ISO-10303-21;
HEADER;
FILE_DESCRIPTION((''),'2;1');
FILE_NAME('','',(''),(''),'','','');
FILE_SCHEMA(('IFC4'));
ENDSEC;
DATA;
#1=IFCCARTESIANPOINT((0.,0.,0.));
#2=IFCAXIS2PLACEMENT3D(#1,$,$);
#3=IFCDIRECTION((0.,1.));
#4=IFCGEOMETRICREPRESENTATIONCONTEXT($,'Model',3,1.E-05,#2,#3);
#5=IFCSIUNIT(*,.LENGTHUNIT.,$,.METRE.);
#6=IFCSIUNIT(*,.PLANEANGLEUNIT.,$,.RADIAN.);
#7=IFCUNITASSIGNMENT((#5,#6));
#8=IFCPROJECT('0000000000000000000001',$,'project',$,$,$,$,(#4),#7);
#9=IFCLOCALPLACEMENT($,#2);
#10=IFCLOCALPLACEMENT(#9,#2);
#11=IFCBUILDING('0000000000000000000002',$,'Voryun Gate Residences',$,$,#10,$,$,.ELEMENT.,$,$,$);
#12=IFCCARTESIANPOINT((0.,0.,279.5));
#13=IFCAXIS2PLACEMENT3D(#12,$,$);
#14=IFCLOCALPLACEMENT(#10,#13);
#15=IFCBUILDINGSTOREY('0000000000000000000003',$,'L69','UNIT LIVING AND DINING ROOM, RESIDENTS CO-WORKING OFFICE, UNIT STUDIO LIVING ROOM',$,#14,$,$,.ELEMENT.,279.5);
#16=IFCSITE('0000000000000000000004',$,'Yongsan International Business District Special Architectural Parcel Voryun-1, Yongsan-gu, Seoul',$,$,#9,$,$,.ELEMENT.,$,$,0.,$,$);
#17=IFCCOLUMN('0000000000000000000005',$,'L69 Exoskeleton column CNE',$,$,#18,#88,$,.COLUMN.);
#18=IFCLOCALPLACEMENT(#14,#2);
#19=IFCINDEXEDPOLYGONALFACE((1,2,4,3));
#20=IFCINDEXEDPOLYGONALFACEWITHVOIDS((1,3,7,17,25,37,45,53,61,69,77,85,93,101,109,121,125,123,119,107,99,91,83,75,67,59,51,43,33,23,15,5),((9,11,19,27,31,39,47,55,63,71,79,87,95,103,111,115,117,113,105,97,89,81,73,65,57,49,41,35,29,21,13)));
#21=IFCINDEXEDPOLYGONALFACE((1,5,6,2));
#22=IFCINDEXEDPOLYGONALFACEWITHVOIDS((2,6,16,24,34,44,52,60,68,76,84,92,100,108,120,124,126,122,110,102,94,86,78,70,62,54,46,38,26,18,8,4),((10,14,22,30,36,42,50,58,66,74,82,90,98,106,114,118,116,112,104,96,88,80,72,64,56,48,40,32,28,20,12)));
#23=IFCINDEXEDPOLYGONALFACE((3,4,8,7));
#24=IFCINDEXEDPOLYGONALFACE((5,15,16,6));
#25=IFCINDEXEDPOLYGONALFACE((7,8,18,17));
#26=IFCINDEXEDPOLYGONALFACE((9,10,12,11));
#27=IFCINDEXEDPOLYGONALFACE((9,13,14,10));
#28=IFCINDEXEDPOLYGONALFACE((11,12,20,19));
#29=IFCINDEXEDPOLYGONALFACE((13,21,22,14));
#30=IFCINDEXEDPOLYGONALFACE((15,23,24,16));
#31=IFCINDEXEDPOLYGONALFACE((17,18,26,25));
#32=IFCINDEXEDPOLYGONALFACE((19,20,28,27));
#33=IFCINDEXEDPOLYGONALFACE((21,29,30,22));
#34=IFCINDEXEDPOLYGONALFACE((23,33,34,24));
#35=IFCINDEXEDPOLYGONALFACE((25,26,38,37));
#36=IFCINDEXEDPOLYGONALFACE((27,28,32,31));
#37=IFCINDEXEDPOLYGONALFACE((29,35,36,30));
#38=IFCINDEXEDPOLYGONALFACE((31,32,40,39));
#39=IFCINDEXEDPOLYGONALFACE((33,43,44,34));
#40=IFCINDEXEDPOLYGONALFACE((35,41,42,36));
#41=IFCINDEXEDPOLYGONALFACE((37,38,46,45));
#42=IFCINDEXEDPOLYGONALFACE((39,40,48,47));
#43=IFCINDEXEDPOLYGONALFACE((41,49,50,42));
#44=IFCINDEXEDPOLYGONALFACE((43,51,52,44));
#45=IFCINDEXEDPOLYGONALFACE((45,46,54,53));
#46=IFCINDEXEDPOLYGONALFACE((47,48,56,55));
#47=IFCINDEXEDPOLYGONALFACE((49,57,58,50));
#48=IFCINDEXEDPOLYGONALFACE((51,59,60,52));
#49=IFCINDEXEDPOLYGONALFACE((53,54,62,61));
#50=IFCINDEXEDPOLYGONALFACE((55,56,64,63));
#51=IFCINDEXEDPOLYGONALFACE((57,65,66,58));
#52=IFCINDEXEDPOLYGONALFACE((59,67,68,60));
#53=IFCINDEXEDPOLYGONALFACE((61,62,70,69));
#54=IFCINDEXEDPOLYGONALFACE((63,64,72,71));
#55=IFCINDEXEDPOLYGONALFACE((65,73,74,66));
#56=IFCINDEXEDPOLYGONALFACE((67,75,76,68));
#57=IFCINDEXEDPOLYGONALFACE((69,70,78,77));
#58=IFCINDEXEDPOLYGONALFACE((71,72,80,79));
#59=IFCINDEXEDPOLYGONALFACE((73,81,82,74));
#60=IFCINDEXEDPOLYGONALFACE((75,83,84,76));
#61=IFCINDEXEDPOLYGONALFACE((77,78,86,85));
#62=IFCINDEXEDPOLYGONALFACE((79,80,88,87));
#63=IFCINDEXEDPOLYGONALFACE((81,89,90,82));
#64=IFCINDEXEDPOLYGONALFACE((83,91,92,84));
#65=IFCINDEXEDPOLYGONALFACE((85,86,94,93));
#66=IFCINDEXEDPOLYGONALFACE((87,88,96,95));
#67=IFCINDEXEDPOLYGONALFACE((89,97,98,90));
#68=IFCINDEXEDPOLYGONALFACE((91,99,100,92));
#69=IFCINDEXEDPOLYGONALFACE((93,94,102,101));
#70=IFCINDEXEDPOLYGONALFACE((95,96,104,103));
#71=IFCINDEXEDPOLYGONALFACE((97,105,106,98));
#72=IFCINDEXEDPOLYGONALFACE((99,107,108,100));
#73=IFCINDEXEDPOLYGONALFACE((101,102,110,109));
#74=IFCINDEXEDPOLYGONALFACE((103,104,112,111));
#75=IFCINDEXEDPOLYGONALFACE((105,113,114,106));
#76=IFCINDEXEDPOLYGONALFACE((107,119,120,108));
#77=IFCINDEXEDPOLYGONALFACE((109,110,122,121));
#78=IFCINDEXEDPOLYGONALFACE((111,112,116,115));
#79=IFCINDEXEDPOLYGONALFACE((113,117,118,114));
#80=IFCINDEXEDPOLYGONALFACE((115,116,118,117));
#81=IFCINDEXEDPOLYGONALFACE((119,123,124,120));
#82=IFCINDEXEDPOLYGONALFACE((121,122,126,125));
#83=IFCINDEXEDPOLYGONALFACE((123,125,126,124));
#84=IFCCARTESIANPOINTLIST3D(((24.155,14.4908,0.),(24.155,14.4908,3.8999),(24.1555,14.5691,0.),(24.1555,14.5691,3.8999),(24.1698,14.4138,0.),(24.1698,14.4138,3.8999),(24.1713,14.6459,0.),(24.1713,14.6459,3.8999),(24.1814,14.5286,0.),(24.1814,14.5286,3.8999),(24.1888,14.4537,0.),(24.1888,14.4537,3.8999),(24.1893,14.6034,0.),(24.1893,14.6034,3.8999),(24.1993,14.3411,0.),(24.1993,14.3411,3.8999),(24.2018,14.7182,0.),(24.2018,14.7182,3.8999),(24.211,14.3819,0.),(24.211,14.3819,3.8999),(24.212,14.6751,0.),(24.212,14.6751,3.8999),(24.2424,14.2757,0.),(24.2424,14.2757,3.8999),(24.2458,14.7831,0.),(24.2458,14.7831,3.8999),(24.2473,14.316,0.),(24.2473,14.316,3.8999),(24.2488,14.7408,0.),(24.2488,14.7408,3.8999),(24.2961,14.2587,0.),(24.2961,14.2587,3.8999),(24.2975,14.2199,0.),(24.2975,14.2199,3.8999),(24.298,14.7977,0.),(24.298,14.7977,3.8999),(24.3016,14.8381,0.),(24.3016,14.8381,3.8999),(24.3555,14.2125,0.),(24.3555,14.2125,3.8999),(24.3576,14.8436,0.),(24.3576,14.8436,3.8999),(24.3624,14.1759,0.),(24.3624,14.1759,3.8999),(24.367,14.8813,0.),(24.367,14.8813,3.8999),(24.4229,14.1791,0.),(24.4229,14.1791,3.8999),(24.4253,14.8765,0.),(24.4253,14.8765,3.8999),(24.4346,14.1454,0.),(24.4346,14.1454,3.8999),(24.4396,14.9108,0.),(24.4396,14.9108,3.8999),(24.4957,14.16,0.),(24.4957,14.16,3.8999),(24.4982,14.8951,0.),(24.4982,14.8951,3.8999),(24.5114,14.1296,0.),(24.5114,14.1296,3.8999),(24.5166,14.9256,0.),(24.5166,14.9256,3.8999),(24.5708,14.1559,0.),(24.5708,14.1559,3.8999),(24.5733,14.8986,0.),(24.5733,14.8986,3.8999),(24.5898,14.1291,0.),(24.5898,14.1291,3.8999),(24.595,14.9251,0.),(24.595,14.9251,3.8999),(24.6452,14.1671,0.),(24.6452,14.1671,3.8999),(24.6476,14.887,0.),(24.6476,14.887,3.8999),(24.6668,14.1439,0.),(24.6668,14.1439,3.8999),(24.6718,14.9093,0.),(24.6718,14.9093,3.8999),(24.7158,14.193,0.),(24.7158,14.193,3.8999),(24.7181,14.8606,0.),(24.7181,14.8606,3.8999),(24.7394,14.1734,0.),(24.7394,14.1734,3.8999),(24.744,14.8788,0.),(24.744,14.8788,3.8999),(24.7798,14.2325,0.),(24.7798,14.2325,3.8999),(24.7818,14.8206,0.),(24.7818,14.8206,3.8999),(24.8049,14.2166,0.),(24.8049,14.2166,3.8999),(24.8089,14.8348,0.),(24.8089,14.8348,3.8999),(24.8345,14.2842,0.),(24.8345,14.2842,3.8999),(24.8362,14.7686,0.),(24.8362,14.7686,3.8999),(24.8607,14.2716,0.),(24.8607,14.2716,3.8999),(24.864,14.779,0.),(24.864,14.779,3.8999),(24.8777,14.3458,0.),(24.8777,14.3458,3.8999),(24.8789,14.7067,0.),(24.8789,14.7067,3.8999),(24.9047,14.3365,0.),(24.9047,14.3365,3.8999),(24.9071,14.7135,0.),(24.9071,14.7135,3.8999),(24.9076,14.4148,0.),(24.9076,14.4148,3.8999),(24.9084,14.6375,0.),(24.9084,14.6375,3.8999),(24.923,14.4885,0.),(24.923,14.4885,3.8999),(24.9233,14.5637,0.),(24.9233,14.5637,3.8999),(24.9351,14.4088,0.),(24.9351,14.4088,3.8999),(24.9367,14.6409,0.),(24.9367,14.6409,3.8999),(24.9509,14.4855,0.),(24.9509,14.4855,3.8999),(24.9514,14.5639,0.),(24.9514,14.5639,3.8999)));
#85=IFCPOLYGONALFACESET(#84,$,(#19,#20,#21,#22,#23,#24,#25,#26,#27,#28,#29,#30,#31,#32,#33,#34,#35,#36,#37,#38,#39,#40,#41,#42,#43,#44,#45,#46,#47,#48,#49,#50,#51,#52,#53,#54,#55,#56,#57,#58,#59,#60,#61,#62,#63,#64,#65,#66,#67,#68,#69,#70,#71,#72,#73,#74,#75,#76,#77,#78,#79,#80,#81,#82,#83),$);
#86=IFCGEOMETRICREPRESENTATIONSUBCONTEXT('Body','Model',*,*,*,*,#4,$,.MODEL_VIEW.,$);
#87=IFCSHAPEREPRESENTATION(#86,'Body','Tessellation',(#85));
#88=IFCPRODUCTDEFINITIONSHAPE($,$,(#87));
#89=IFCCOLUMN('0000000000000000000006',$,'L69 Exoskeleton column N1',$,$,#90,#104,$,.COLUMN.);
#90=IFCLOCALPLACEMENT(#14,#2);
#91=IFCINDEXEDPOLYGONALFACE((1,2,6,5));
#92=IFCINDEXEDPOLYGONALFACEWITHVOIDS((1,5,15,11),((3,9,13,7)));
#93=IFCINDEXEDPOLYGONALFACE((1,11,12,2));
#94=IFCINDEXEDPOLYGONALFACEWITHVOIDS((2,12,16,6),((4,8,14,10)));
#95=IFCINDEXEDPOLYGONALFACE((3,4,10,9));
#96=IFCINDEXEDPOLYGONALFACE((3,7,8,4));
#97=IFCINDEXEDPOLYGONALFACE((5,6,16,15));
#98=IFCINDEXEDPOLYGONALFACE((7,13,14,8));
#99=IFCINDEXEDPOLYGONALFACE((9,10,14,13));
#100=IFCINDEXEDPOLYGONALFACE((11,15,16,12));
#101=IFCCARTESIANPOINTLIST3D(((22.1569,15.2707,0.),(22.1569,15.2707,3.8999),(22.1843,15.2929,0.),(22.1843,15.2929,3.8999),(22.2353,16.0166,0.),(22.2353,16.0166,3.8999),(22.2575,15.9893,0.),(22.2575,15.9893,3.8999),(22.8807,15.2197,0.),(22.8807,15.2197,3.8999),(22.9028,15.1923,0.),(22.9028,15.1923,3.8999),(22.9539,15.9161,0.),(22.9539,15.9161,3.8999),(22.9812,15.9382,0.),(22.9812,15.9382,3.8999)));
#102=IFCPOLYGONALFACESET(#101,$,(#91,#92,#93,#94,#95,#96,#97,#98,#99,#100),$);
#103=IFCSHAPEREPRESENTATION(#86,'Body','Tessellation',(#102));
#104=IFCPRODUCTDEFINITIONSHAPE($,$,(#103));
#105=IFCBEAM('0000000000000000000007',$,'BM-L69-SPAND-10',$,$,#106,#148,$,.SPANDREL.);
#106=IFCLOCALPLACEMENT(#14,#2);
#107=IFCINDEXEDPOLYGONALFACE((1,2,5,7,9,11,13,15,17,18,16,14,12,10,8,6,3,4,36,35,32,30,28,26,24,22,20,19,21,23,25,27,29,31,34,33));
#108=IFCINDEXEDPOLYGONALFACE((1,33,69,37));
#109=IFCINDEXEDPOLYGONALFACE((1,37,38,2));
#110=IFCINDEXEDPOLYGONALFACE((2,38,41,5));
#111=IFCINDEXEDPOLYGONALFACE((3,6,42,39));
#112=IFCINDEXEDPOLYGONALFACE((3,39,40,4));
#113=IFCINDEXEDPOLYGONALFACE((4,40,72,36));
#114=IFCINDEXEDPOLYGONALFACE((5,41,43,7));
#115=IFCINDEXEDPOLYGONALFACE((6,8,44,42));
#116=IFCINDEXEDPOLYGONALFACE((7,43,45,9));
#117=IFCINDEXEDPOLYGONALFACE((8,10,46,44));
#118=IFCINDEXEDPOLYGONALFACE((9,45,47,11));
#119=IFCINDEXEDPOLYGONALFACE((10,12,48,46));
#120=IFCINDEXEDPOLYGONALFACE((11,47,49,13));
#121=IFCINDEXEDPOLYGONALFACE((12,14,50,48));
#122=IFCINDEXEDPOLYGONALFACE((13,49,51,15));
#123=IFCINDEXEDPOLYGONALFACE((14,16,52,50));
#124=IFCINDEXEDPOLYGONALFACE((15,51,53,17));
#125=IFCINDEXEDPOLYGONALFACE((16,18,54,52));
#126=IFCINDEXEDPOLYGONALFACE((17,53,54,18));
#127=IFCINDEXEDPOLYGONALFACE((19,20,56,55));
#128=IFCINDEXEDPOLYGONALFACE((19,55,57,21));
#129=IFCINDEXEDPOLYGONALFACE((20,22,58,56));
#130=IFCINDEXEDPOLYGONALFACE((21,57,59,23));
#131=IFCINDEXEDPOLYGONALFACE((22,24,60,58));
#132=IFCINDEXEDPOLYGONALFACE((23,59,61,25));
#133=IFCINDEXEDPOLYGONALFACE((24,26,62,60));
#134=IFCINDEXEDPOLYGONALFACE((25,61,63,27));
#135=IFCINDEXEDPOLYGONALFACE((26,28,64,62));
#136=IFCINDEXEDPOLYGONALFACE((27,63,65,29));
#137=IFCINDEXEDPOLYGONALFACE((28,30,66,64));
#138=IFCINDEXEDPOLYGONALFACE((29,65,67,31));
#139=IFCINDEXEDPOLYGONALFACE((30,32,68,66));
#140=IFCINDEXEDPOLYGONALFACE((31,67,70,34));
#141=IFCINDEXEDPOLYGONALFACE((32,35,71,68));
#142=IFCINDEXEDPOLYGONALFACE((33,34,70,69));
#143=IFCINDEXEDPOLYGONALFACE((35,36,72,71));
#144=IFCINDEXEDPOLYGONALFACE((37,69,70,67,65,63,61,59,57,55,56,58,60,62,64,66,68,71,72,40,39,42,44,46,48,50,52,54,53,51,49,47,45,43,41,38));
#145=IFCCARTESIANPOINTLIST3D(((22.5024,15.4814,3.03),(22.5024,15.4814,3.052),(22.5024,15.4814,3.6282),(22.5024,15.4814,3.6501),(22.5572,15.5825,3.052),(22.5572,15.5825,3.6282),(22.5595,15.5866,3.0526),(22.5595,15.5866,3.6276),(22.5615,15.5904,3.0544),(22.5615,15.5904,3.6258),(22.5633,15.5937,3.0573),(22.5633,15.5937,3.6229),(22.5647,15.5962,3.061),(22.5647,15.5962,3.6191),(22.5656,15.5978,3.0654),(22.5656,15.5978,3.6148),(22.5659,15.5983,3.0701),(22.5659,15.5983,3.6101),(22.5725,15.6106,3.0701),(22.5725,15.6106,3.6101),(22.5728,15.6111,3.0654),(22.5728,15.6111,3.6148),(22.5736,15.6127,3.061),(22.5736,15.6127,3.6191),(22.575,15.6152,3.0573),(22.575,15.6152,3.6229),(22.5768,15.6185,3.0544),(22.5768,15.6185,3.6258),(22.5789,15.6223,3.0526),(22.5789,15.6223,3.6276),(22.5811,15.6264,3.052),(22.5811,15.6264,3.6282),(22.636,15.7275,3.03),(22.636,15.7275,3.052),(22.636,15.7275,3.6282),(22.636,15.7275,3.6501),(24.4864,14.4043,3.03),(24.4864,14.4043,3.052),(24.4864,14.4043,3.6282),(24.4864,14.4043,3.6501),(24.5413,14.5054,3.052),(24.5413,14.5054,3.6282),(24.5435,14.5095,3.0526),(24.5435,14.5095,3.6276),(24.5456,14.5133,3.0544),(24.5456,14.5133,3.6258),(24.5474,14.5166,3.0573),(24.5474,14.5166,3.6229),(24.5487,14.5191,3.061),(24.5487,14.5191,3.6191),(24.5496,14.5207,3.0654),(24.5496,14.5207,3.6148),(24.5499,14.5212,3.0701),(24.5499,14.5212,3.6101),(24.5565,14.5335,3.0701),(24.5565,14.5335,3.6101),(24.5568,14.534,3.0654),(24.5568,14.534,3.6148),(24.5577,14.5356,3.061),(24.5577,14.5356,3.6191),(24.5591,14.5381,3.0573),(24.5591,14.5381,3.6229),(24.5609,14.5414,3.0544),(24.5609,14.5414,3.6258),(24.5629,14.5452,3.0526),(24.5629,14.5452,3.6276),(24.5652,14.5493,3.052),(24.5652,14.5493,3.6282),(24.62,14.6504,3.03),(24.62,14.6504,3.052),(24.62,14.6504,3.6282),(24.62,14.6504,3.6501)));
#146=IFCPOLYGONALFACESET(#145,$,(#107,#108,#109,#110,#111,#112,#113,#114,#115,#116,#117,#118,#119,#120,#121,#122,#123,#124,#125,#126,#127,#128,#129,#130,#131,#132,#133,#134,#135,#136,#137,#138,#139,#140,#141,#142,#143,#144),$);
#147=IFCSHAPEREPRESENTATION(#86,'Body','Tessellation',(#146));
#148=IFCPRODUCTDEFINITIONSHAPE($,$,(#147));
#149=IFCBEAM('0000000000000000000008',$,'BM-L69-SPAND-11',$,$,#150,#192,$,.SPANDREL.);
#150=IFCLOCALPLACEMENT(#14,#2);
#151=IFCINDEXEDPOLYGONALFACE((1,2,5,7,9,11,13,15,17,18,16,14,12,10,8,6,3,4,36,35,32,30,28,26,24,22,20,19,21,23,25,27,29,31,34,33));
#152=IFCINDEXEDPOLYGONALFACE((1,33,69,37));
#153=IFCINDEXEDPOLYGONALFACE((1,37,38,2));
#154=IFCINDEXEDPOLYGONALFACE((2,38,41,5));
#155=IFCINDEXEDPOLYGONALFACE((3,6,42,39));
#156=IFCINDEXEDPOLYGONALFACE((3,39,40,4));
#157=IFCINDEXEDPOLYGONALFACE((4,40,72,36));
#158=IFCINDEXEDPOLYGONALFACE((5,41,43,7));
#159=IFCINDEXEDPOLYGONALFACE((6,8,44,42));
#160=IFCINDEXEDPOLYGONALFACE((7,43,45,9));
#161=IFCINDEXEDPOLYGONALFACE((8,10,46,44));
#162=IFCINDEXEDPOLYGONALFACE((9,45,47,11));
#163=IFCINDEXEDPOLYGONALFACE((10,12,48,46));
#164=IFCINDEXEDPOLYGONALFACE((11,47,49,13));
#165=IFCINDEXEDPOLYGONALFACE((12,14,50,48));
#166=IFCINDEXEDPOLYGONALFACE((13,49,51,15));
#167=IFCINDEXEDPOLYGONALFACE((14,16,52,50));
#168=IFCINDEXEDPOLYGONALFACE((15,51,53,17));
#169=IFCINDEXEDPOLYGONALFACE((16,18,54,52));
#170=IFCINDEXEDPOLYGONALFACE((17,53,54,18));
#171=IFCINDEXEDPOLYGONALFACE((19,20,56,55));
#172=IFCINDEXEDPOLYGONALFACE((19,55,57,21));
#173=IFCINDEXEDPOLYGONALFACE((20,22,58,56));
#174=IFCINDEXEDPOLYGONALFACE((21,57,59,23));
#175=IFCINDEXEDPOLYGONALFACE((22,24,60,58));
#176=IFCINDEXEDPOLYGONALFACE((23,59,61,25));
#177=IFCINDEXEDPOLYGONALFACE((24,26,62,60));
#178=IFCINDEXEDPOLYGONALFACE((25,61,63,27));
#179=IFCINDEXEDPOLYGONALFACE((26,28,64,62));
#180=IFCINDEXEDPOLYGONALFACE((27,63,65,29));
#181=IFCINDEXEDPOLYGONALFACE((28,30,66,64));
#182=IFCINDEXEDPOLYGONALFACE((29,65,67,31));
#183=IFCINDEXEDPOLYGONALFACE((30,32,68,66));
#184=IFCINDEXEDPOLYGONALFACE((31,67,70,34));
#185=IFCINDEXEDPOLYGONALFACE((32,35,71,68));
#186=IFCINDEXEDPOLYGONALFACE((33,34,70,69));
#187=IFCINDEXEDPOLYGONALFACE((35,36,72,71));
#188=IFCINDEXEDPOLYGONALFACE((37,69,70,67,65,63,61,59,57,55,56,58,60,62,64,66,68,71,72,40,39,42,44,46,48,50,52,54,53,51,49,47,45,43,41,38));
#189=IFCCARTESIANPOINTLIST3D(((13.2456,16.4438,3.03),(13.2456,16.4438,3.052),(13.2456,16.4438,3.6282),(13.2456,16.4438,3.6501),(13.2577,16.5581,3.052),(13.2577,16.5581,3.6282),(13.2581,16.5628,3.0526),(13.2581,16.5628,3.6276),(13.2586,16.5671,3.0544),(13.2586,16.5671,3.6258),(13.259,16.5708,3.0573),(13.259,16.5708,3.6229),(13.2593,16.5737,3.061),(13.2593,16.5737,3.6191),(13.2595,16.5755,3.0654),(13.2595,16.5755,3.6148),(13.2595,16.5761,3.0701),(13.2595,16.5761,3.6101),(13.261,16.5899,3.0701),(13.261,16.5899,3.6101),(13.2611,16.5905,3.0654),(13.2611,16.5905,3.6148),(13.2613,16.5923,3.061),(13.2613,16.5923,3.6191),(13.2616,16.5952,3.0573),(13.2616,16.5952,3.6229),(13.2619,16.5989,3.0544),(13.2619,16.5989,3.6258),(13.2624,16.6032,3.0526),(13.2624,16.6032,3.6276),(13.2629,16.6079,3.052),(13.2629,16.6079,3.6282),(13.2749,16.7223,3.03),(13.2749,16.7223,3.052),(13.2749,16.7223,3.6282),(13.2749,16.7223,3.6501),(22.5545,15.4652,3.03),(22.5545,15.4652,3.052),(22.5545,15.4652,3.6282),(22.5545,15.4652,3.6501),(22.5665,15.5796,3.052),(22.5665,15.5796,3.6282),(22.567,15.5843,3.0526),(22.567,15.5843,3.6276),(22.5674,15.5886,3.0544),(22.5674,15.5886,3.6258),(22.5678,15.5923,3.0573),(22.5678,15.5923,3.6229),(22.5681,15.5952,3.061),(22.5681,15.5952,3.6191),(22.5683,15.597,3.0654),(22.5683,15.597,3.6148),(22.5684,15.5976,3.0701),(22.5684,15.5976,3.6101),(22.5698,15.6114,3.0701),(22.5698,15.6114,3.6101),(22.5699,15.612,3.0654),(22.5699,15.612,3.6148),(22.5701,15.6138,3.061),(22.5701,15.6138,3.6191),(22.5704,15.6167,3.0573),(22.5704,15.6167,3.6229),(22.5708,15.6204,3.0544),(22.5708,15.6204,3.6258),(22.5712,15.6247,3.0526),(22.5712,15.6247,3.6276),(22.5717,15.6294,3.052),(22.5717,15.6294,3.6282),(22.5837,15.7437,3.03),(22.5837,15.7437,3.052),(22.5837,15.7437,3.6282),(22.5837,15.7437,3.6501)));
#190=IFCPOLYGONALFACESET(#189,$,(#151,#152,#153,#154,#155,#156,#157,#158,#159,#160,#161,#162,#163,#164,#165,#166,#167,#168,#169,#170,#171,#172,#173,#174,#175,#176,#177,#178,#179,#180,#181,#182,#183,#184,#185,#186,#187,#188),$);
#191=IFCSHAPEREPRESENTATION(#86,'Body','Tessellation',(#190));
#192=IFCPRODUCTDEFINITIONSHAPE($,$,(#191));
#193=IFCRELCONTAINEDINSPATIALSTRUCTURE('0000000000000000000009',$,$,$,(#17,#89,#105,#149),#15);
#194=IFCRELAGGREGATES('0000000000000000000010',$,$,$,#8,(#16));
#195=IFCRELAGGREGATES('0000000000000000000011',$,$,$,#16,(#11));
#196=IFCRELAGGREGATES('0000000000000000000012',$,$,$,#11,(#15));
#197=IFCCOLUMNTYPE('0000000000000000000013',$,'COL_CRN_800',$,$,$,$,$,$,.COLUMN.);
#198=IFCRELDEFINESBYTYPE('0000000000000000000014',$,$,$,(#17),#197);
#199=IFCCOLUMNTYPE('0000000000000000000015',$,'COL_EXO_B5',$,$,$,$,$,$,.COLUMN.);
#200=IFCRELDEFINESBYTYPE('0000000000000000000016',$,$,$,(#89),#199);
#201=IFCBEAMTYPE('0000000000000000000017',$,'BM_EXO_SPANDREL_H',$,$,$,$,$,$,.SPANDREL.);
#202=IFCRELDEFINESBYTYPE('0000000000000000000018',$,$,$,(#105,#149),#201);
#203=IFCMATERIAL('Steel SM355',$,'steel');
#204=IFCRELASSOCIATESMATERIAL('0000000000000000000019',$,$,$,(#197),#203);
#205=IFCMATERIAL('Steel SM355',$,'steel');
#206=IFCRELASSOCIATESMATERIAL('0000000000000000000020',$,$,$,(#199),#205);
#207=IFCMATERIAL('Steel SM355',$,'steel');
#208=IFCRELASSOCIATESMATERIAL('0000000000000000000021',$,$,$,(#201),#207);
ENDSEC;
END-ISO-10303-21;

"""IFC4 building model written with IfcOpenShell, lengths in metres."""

from ifc_helpers import new_model, si_unit, direction, frame, origin, origin_2d, place, context, subcontext, project, spatial, hollow_rectangle, hollow_circle, i_section, extrude, material, material_profile, profile_set, type_object, element, save


model = new_model("IFC4")

# Units and contexts
model_context = context("Model", 3, precision=1e-05, world=origin(), true_north=direction((0.0, 1.0)))
body_context = subcontext(model_context, "Body", "Model", "MODEL_VIEW")
ifc_project = project(units=[si_unit("LENGTHUNIT", "METRE"), si_unit("PLANEANGLEUNIT", "RADIAN")], contexts=[model_context])

# Site, building, storey
site_placement = place(None, origin())
site = spatial("IfcSite", under=ifc_project, at=site_placement, Name="Yongsan International Business District Special Architectural Parcel Voryun-1, Yongsan-gu, Seoul", CompositionType="ELEMENT", RefElevation=0.0)
building_placement = place(site_placement, origin())
building = spatial("IfcBuilding", under=site, at=building_placement, Name="Voryun Gate Residences", CompositionType="ELEMENT")
storey_placement = place(building_placement, frame((0.0, 0.0, 279.5)))
storey = spatial("IfcBuildingStorey", under=building, at=storey_placement, Name="L69", Description="UNIT LIVING AND DINING ROOM, RESIDENTS CO-WORKING OFFICE, UNIT STUDIO LIVING ROOM", CompositionType="ELEMENT", Elevation=279.5)

# Columns
ifc_material_1 = material(Name="Steel SM355", Category="steel")
ifc_material_profile_1 = material_profile(ifc_material_1, hollow_circle(Radius=0.3999, WallThickness=0.0281, at=origin_2d()), Name="CHS-800x28")
ifc_profile_set_1 = profile_set([ifc_material_profile_1], Name="Steel SM355")
column_type_1 = type_object("IfcColumnType", Name="COL_CRN_800", PredefinedType="COLUMN", material=ifc_profile_set_1)
column_1_placement = place(storey_placement, frame((24.5532, 14.5273, 0.0), z_axis=(0.0, 0.0, 1.0), x_axis=(0.994522, -0.104528, 0.0)))
element("IfcColumn", 1, at=column_1_placement, inside=storey, type_object=column_type_1, Name="L69 Exoskeleton column CNE", PredefinedType="COLUMN", context=body_context, shape_type="SweptSolid", body=[
    extrude(hollow_circle(Radius=0.3999, WallThickness=0.0281, at=origin_2d()), origin(), (0.0, 0.0, 1.0), 3.8999),
])
ifc_material_2 = material(Name="Steel SM355", Category="steel")
ifc_material_profile_2 = material_profile(ifc_material_2, hollow_rectangle(XDim=0.75, YDim=0.75, WallThickness=0.0249, at=origin_2d()), Name="BOX-750x750x25")
ifc_profile_set_2 = profile_set([ifc_material_profile_2], Name="Steel SM355")
column_type_2 = type_object("IfcColumnType", Name="COL_EXO_B5", PredefinedType="COLUMN", material=ifc_profile_set_2)
column_2_placement = place(storey_placement, frame((22.5691, 15.6045, 0.0), z_axis=(0.0, 0.0, 1.0), x_axis=(0.994522, -0.104528, 0.0)))
element("IfcColumn", 2, at=column_2_placement, inside=storey, type_object=column_type_2, Name="L69 Exoskeleton column N1", PredefinedType="COLUMN", context=body_context, shape_type="SweptSolid", body=[
    extrude(hollow_rectangle(XDim=0.75, YDim=0.75, WallThickness=0.0249, at=origin_2d()), origin(), (0.0, 0.0, 1.0), 3.8999),
])

# Beams
ifc_material_3 = material(Name="Steel SM355", Category="steel")
ifc_material_profile_3 = material_profile(ifc_material_3, i_section(OverallWidth=0.28, OverallDepth=0.6201, WebThickness=0.0139, FlangeThickness=0.022, FilletRadius=0.0181, at=origin_2d()), Name="H-620x280x14x22")
ifc_profile_set_3 = profile_set([ifc_material_profile_3], Name="Steel SM355")
beam_type_1 = type_object("IfcBeamType", Name="BM_EXO_SPANDREL_H", PredefinedType="SPANDREL", material=ifc_profile_set_3)
beam_1_placement = place(storey_placement, frame((24.5532, 14.5273, 3.3401), z_axis=(-0.878844, 0.477109, 0.0), x_axis=(-0.477109, -0.878844, 0.0)))
element("IfcBeam", 3, at=beam_1_placement, inside=storey, type_object=beam_type_1, Name="BM-L69-SPAND-10", PredefinedType="SPANDREL", context=body_context, shape_type="SweptSolid", body=[
    extrude(i_section(OverallWidth=0.28, OverallDepth=0.6201, WebThickness=0.0139, FlangeThickness=0.022, FilletRadius=0.0181, at=origin_2d()), origin(), (0.0, 0.0, 1.0), 2.2576),
])
beam_2_placement = place(storey_placement, frame((22.5691, 15.6045, 3.3401), z_axis=(-0.994521, 0.104541, 0.0), x_axis=(-0.104541, -0.994521, 0.0)))
element("IfcBeam", 4, at=beam_2_placement, inside=storey, type_object=beam_type_1, Name="BM-L69-SPAND-11", PredefinedType="SPANDREL", context=body_context, shape_type="SweptSolid", body=[
    extrude(i_section(OverallWidth=0.28, OverallDepth=0.6201, WebThickness=0.0139, FlangeThickness=0.022, FilletRadius=0.0181, at=origin_2d()), origin(), (0.0, 0.0, 1.0), 9.3601),
])

save(model, "model.ifc")
